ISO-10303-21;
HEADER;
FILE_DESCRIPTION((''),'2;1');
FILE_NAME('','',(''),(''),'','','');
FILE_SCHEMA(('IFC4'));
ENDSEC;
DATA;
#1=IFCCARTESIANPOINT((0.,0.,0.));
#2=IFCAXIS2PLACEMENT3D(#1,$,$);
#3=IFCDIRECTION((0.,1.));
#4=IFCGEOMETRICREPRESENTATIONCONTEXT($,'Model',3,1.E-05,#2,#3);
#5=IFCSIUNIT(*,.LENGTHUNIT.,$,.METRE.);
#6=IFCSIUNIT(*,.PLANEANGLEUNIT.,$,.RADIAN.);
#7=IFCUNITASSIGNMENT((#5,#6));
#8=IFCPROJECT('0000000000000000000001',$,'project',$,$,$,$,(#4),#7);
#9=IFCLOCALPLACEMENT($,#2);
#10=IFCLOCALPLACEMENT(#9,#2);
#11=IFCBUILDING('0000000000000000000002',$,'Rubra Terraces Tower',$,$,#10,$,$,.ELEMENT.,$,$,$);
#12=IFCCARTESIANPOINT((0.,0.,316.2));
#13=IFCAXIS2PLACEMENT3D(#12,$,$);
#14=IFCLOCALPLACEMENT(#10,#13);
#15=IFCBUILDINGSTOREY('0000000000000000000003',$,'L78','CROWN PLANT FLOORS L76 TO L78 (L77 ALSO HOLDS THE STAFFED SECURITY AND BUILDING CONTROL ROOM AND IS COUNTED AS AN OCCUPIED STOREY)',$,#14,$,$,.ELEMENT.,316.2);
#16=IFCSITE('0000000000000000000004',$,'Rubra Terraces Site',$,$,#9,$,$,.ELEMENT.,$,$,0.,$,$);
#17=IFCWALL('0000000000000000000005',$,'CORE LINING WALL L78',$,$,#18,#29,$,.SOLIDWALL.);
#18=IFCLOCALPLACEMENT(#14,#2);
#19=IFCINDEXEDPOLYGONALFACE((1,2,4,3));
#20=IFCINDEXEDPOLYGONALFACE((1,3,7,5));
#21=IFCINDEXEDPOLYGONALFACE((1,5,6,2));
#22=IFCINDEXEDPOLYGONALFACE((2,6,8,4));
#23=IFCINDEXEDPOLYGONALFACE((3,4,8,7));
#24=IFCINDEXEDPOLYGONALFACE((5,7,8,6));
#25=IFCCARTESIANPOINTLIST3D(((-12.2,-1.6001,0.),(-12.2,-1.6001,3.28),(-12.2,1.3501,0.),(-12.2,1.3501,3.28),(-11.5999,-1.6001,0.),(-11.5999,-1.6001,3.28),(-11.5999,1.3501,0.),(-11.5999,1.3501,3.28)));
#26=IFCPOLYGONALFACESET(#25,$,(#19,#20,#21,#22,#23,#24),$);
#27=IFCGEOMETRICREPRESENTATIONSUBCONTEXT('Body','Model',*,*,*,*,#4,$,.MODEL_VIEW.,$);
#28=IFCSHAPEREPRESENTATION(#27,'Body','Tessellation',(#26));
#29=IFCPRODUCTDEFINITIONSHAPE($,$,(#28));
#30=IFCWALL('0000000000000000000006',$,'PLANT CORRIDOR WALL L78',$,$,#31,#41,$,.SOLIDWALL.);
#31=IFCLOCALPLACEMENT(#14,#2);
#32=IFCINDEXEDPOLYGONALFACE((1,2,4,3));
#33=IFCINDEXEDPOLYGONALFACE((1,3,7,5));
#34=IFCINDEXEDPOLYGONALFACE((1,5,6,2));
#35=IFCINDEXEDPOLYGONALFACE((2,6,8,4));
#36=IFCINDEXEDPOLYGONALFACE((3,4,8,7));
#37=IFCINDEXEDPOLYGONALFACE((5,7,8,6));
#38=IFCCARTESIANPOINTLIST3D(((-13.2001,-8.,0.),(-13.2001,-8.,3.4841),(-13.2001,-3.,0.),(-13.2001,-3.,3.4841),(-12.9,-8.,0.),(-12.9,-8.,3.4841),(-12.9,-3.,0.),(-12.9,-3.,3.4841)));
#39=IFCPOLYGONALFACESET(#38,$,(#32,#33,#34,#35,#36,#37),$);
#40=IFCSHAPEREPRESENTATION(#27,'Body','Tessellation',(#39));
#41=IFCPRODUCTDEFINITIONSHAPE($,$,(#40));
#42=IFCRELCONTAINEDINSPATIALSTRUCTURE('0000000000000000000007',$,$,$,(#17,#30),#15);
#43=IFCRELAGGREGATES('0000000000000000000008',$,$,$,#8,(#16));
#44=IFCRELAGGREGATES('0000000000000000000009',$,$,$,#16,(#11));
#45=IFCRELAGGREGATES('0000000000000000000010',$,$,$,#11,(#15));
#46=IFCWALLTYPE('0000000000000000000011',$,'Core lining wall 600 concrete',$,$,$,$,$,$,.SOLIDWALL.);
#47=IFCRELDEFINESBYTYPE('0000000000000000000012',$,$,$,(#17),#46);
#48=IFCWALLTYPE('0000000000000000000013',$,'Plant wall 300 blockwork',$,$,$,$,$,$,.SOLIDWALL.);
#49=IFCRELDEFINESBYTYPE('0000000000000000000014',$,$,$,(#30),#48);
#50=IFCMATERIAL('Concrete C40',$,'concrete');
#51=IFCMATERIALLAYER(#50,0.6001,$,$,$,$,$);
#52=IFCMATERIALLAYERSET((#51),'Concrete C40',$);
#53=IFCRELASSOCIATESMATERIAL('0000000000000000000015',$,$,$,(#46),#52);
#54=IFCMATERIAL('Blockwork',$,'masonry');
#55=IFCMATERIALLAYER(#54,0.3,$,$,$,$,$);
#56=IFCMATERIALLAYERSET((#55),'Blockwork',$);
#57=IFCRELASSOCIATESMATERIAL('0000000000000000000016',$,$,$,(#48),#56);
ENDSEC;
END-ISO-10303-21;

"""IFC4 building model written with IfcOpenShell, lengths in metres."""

from ifc_helpers import new_model, si_unit, direction, frame, frame_2d, origin, place, context, subcontext, project, spatial, rectangle, extrude, material, layer, layer_set, type_object, element, save


model = new_model("IFC4")

# Units and contexts
model_context = context("Model", 3, precision=1e-05, world=origin(), true_north=direction((0.0, 1.0)))
body_context = subcontext(model_context, "Body", "Model", "MODEL_VIEW")
ifc_project = project(units=[si_unit("LENGTHUNIT", "METRE"), si_unit("PLANEANGLEUNIT", "RADIAN")], contexts=[model_context])

# Site, building, storey
site_placement = place(None, origin())
site = spatial("IfcSite", under=ifc_project, at=site_placement, Name="Rubra Terraces Site", CompositionType="ELEMENT", RefElevation=0.0)
building_placement = place(site_placement, origin())
building = spatial("IfcBuilding", under=site, at=building_placement, Name="Rubra Terraces Tower", CompositionType="ELEMENT")
storey_placement = place(building_placement, frame((0.0, 0.0, 316.2)))
storey = spatial("IfcBuildingStorey", under=building, at=storey_placement, Name="L78", Description="CROWN PLANT FLOORS L76 TO L78 (L77 ALSO HOLDS THE STAFFED SECURITY AND BUILDING CONTROL ROOM AND IS COUNTED AS AN OCCUPIED STOREY)", CompositionType="ELEMENT", Elevation=316.2)

# Walls
ifc_material_1 = material(Name="Concrete C40", Category="concrete")
ifc_layer_1 = layer(ifc_material_1, 0.6001)
ifc_layer_set_1 = layer_set([ifc_layer_1], Name="Concrete C40")
wall_type_1 = type_object("IfcWallType", Name="Core lining wall 600 concrete", PredefinedType="SOLIDWALL", material=ifc_layer_set_1)
wall_1_placement = place(storey_placement, frame((-11.8999, -1.6001, 0.0), z_axis=(0.0, 0.0, 1.0), x_axis=(0.0, 1.0, 0.0)))
element("IfcWall", 1, at=wall_1_placement, inside=storey, type_object=wall_type_1, Name="CORE LINING WALL L78", PredefinedType="SOLIDWALL", context=body_context, shape_type="SweptSolid", body=[
    extrude(rectangle(XDim=2.9502, YDim=0.6001, at=frame_2d((1.4751, 0.0))), origin(), (0.0, 0.0, 1.0), 3.28),
])
ifc_material_2 = material(Name="Blockwork", Category="masonry")
ifc_layer_2 = layer(ifc_material_2, 0.3)
ifc_layer_set_2 = layer_set([ifc_layer_2], Name="Blockwork")
wall_type_2 = type_object("IfcWallType", Name="Plant wall 300 blockwork", PredefinedType="SOLIDWALL", material=ifc_layer_set_2)
wall_2_placement = place(storey_placement, frame((-13.05, -8.0, 0.0), z_axis=(0.0, 0.0, 1.0), x_axis=(0.0, 1.0, 0.0)))
element("IfcWall", 2, at=wall_2_placement, inside=storey, type_object=wall_type_2, Name="PLANT CORRIDOR WALL L78", PredefinedType="SOLIDWALL", context=body_context, shape_type="SweptSolid", body=[
    extrude(rectangle(XDim=5.0, YDim=0.3, at=frame_2d((2.5, 0.0))), origin(), (0.0, 0.0, 1.0), 3.4841),
])

save(model, "model.ifc")
